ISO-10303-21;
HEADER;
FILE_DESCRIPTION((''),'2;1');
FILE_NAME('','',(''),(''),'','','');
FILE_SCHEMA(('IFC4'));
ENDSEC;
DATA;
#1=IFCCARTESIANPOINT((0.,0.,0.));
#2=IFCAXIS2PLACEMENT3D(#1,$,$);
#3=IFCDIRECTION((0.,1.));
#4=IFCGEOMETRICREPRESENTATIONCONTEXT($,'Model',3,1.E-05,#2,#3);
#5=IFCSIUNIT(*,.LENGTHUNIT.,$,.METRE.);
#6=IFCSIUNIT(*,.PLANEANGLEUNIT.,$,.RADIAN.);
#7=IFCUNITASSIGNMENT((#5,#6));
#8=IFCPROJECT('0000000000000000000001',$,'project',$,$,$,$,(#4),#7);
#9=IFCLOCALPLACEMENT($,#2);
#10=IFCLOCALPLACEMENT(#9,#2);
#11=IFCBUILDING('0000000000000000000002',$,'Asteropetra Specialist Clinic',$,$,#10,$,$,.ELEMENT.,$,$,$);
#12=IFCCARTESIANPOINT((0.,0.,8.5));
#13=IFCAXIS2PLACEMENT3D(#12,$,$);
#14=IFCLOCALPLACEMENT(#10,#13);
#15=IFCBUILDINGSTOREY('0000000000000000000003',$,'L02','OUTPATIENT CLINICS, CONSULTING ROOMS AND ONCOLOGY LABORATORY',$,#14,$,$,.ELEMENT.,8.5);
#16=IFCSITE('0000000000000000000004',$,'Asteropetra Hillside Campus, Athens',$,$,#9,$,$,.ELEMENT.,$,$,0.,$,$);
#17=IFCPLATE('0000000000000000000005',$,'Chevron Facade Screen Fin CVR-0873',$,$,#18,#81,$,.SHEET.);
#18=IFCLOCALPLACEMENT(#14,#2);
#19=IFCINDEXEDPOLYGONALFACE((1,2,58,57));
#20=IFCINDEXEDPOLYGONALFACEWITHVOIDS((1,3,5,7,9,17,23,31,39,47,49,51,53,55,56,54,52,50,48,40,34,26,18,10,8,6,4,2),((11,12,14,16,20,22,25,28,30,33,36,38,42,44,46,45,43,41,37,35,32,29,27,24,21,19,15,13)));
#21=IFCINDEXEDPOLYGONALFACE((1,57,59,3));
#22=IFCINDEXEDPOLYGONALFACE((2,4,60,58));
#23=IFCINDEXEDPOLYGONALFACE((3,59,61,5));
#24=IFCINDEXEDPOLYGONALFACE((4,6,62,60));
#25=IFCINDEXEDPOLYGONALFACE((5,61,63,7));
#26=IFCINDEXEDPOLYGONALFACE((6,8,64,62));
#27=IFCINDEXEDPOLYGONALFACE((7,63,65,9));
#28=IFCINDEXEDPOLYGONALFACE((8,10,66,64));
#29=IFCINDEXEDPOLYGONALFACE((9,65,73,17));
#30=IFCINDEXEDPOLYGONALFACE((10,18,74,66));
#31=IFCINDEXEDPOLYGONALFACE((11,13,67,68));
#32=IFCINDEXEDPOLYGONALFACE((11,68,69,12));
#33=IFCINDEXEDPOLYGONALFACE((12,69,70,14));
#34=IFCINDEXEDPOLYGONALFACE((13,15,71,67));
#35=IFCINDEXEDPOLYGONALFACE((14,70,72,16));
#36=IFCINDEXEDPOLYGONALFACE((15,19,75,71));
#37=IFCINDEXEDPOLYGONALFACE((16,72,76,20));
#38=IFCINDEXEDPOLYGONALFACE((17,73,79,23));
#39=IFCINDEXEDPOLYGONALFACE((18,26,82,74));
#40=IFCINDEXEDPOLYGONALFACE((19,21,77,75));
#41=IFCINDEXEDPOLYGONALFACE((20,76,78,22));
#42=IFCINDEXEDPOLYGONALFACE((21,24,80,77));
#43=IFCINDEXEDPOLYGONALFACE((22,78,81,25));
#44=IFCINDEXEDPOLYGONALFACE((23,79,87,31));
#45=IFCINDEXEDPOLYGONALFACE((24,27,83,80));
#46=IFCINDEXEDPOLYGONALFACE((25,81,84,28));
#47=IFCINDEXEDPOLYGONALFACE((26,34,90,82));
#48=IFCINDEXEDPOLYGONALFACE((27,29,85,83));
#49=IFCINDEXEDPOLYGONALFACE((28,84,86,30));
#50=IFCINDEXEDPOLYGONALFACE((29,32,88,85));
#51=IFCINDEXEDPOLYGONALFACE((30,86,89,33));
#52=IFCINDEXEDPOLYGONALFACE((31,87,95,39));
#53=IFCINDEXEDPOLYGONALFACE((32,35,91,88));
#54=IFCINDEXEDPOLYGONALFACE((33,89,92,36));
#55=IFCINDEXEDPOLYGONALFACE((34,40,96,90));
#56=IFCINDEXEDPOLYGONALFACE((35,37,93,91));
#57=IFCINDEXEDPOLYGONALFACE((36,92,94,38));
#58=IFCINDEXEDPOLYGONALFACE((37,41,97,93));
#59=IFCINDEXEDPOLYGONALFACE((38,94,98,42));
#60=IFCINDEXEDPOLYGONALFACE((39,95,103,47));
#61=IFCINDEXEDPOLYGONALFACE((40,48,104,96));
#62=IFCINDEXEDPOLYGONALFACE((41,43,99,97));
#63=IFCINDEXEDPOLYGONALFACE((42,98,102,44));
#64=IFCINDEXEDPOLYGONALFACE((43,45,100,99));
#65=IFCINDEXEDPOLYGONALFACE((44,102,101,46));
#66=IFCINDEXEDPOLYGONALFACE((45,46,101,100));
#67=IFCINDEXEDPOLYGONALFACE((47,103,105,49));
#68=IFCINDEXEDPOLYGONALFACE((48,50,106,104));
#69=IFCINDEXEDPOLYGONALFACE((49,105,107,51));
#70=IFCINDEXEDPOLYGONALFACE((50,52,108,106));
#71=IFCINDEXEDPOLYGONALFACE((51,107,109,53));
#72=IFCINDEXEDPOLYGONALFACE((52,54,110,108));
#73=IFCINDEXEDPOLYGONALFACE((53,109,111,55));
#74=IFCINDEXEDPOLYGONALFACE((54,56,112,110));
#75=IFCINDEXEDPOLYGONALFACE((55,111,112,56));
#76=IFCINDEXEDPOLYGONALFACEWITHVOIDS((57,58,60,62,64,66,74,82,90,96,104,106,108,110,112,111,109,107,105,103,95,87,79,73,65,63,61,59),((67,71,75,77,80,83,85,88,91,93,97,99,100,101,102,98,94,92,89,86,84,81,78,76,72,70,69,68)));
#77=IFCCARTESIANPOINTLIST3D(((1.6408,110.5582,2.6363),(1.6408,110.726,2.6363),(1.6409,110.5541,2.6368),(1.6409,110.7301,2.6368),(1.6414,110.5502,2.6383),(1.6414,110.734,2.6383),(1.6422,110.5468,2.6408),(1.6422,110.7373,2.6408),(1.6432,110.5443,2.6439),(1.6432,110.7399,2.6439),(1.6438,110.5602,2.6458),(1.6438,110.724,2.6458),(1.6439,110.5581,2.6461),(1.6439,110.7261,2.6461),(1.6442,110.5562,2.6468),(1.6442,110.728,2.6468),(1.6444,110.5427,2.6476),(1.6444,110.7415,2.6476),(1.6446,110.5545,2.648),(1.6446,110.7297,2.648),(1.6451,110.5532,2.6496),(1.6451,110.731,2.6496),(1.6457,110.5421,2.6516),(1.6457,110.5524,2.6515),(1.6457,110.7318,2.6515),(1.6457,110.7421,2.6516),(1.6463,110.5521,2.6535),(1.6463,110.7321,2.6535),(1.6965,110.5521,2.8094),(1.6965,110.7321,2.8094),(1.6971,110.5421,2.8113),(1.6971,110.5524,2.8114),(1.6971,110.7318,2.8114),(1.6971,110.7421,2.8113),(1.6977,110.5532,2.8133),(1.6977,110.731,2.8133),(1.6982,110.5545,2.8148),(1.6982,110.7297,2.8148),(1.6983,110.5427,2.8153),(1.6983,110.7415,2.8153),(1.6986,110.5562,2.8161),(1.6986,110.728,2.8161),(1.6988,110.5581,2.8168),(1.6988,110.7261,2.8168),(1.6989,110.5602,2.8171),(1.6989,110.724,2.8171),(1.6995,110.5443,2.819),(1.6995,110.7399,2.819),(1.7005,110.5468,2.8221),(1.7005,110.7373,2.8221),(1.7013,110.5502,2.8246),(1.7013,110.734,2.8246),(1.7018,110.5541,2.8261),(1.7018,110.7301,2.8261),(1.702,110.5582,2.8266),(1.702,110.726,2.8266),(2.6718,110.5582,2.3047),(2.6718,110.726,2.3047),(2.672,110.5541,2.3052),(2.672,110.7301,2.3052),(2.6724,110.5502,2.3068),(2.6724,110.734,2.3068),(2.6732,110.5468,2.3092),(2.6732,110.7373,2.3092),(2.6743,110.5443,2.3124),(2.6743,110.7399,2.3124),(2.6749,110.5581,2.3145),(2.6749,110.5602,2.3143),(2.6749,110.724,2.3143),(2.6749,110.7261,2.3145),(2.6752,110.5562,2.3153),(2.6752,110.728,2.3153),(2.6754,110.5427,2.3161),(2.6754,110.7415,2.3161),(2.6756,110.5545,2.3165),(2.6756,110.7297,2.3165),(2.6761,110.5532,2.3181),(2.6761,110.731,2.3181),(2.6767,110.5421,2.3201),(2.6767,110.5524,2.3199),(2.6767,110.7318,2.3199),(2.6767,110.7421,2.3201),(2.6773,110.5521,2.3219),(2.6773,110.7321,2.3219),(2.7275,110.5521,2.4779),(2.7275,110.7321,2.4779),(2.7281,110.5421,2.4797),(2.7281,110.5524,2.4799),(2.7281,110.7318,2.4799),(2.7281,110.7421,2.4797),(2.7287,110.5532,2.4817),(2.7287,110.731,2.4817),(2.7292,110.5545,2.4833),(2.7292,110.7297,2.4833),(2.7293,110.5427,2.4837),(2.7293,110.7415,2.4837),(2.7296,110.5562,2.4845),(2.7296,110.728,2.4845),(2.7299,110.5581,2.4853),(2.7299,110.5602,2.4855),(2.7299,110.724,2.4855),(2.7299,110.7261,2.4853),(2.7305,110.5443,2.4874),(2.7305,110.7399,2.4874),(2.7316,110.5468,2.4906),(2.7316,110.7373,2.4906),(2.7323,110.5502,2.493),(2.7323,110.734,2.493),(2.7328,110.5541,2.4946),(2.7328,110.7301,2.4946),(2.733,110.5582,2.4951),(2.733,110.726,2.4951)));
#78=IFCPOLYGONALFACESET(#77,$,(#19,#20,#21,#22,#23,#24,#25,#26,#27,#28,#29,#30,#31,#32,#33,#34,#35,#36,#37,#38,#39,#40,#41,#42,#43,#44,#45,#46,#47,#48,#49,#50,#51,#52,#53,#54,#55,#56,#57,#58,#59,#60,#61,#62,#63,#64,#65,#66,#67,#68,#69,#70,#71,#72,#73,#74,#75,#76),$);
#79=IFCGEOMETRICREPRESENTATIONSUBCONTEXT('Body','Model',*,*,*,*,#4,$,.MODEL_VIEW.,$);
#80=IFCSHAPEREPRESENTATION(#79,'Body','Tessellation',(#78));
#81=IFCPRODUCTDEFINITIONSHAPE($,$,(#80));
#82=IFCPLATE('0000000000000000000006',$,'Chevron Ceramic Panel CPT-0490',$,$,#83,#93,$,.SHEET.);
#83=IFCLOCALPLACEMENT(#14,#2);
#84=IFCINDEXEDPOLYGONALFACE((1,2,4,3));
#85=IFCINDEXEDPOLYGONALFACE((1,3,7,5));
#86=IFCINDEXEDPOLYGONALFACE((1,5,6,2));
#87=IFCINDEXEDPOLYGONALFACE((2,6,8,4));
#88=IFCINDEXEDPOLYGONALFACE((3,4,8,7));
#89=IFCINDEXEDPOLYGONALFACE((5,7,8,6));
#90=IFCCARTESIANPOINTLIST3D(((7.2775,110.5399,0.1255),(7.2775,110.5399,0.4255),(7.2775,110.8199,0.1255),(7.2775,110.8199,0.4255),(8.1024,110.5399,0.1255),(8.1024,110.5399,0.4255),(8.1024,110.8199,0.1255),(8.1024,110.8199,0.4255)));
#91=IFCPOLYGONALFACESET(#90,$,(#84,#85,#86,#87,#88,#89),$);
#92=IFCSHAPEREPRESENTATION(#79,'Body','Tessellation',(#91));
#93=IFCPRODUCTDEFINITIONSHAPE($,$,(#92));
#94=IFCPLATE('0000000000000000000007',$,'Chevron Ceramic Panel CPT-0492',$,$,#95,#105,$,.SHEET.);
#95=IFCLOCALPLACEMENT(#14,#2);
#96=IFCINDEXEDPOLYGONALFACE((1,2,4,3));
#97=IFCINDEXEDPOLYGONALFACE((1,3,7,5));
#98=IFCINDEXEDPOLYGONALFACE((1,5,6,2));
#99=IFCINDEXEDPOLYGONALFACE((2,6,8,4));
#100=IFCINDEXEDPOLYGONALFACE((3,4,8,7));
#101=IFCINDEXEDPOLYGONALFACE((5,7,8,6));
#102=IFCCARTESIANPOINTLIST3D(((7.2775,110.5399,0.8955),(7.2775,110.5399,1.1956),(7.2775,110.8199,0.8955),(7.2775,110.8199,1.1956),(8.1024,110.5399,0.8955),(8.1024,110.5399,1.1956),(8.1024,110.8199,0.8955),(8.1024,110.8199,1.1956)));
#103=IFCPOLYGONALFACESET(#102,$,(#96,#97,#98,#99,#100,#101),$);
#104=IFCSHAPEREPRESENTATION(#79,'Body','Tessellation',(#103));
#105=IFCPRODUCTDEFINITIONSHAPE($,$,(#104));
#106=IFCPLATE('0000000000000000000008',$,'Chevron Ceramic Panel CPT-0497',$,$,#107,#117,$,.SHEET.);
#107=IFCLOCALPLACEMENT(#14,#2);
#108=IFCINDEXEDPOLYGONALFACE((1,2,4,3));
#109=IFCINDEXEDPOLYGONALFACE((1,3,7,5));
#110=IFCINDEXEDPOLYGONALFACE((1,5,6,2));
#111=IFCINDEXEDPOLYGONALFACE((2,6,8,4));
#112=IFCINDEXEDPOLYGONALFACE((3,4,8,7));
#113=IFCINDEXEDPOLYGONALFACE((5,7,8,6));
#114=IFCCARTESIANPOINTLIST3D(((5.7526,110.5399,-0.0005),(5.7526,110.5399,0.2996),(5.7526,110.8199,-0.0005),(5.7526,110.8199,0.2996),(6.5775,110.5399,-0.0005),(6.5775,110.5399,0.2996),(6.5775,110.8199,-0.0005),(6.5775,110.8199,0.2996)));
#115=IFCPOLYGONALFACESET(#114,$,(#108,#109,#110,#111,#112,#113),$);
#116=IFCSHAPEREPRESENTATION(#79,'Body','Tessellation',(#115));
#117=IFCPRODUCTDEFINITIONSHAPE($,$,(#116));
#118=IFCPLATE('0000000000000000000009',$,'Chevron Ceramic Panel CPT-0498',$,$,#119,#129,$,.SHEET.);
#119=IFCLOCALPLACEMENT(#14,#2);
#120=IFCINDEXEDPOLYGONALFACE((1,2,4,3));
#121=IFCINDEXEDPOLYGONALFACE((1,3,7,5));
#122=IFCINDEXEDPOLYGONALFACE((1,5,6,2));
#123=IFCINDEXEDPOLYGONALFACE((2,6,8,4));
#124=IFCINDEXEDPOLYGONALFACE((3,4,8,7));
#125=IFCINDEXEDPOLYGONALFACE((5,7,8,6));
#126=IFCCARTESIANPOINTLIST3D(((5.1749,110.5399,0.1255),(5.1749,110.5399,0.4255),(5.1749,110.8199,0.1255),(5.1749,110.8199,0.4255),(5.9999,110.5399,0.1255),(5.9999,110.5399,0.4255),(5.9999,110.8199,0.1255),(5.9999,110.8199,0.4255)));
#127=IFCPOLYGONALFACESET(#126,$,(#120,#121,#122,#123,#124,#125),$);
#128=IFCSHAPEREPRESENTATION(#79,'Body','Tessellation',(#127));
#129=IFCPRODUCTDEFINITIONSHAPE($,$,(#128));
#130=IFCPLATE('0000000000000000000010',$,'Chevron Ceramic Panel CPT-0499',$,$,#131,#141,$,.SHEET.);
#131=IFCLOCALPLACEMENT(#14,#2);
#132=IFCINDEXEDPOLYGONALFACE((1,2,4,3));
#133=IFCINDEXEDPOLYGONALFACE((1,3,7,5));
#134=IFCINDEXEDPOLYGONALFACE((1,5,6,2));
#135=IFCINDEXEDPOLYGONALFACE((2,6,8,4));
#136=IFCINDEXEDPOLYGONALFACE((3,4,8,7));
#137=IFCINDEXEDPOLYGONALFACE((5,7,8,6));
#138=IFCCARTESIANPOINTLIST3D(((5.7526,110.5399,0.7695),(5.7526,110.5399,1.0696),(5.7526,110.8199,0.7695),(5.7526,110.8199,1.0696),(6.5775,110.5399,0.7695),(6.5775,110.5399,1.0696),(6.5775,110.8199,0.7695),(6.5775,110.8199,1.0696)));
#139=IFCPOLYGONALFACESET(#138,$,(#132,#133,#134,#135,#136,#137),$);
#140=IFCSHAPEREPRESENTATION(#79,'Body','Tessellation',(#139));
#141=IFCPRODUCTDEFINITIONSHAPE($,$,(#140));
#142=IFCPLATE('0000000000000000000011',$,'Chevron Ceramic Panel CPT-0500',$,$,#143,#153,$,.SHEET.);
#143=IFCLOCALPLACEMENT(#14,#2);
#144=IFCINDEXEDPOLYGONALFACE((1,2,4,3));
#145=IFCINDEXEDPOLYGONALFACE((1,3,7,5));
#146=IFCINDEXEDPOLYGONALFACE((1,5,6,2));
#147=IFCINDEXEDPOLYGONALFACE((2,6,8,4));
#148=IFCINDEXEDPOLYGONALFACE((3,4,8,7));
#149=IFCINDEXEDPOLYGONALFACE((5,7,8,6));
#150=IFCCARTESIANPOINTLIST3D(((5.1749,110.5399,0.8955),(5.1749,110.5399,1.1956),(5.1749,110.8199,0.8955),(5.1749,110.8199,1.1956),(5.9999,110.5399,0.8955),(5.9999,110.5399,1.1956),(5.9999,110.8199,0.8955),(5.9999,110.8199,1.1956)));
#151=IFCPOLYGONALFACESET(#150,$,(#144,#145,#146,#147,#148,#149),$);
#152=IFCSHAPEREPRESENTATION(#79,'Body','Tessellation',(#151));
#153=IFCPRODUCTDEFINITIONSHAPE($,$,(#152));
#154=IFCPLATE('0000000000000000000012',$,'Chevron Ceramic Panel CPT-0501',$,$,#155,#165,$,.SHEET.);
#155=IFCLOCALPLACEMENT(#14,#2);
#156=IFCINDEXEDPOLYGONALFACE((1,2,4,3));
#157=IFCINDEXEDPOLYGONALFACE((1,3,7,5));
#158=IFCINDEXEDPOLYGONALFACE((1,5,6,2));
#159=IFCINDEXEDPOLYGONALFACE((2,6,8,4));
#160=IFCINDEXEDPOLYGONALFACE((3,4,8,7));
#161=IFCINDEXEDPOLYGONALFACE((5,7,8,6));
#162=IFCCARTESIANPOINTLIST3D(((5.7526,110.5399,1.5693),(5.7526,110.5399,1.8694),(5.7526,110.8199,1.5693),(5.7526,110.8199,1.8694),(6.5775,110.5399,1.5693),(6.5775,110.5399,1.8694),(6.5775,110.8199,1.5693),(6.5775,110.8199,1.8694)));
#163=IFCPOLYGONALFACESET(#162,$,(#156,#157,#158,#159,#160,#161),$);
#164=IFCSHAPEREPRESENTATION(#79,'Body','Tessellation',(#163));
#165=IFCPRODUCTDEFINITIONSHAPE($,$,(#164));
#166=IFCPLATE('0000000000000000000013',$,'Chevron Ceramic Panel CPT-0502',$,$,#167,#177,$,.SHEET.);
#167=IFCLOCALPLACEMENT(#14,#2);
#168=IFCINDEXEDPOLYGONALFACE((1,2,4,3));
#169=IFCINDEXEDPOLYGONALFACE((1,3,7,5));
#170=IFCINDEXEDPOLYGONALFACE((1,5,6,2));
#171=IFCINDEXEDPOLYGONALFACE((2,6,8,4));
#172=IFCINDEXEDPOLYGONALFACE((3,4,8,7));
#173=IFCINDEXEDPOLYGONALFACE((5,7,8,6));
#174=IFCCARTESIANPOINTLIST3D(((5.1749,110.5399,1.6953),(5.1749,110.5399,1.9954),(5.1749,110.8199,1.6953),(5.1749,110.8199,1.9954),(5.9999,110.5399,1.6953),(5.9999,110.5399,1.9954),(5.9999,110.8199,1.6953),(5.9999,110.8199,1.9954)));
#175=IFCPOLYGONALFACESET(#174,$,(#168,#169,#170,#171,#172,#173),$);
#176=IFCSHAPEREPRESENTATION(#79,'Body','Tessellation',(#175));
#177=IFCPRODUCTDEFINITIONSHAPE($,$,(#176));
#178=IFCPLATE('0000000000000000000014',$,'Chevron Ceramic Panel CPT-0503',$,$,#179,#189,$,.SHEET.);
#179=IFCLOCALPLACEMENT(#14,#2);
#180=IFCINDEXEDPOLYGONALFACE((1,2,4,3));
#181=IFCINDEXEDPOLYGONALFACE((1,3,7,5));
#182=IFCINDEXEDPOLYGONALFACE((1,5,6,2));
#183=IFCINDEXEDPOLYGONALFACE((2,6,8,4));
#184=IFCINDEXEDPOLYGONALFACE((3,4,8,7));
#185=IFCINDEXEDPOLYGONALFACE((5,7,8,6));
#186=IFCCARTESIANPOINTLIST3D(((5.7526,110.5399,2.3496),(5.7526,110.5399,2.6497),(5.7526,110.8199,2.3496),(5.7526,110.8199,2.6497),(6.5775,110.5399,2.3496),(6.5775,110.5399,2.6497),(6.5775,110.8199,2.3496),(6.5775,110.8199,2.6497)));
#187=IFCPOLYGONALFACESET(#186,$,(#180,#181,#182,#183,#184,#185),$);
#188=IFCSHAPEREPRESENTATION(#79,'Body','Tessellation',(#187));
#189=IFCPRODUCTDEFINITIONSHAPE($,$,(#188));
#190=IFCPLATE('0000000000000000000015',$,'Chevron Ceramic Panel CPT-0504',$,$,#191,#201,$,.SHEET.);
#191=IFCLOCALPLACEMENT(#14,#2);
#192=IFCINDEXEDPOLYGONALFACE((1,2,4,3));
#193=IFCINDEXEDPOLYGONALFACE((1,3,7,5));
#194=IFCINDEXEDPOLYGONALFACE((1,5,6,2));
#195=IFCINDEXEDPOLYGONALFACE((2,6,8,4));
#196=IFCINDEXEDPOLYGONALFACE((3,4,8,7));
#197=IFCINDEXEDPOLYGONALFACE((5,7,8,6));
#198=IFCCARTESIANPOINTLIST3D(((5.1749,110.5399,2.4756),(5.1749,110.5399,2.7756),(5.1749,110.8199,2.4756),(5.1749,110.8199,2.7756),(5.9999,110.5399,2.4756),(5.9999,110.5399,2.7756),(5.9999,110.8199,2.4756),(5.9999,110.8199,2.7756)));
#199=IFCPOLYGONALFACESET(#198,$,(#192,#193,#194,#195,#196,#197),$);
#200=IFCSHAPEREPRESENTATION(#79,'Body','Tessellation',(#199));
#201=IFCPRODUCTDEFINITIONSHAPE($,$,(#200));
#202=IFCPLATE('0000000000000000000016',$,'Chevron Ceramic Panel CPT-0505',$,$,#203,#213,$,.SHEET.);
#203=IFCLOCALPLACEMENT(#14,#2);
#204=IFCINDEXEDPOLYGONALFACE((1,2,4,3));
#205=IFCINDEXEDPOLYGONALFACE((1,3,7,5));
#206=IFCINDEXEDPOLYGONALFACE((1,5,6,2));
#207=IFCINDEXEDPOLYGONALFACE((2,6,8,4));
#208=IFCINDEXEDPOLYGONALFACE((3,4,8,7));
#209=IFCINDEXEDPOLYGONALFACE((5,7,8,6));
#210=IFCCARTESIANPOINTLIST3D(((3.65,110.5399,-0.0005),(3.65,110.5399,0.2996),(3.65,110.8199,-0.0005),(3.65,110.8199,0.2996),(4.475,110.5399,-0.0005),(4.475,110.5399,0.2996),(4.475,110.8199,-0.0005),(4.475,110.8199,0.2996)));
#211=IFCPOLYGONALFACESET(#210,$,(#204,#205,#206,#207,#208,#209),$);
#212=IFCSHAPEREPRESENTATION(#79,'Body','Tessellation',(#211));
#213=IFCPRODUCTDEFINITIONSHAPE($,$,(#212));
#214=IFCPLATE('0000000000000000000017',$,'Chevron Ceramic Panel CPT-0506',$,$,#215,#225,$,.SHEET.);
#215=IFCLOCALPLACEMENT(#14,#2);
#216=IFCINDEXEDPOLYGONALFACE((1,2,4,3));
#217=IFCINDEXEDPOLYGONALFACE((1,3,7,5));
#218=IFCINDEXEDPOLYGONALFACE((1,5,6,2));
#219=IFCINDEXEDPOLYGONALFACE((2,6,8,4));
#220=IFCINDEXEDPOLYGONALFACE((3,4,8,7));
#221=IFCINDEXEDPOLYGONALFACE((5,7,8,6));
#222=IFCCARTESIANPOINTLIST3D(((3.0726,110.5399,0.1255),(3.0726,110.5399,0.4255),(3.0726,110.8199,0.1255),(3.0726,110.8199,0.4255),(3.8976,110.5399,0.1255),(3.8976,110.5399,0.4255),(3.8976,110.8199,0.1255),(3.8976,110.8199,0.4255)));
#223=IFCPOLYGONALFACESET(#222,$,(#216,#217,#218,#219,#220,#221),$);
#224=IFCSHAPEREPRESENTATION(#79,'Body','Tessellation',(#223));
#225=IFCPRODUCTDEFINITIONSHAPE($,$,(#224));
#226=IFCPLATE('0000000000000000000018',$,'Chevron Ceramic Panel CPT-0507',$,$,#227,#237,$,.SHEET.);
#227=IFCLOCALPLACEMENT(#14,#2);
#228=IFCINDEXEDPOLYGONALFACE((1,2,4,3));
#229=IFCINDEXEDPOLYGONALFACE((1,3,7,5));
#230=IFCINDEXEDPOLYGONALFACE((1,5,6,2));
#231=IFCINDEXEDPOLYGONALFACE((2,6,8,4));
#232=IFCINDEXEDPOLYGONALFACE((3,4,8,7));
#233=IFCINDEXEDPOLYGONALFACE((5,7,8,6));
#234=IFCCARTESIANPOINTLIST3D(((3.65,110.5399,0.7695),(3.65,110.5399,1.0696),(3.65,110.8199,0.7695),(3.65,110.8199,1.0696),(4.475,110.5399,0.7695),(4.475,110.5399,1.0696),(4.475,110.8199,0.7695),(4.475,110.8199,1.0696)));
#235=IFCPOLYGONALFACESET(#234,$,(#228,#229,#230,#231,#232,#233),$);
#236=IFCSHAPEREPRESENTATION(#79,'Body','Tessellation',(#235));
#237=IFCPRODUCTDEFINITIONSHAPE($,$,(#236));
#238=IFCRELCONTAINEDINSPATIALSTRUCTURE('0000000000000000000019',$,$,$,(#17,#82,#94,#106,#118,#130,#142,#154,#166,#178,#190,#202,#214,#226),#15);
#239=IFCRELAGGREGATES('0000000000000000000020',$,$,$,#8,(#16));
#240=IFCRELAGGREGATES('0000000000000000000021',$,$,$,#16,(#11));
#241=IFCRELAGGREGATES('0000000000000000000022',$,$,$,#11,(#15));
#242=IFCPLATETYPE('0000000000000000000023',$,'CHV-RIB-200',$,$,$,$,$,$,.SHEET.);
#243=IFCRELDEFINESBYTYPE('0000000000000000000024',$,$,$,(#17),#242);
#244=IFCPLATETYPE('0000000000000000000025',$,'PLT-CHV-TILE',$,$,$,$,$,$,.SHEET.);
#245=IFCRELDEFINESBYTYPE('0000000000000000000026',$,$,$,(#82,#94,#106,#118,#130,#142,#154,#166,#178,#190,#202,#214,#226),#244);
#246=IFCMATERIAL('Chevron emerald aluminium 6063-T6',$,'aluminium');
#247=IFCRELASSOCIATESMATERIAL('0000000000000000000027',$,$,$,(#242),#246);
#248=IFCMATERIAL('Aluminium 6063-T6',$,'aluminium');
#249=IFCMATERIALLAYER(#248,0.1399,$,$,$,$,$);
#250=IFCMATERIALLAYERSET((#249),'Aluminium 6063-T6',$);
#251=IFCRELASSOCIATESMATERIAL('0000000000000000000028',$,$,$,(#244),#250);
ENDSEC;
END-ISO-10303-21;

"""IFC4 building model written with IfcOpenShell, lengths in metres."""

from ifc_helpers import new_model, si_unit, direction, frame, origin, origin_2d, place, context, subcontext, project, spatial, rectangle, hollow_rectangle, extrude, material, layer, layer_set, material_profile, profile_set, type_object, element, save


model = new_model("IFC4")

# Units and contexts
model_context = context("Model", 3, precision=1e-05, world=origin(), true_north=direction((0.0, 1.0)))
body_context = subcontext(model_context, "Body", "Model", "MODEL_VIEW")
ifc_project = project(units=[si_unit("LENGTHUNIT", "METRE"), si_unit("PLANEANGLEUNIT", "RADIAN")], contexts=[model_context])

# Site, building, storey
site_placement = place(None, origin())
site = spatial("IfcSite", under=ifc_project, at=site_placement, Name="Asteropetra Hillside Campus, Athens", CompositionType="ELEMENT", RefElevation=0.0)
building_placement = place(site_placement, origin())
building = spatial("IfcBuilding", under=site, at=building_placement, Name="Asteropetra Specialist Clinic", CompositionType="ELEMENT")
storey_placement = place(building_placement, frame((0.0, 0.0, 8.5)))
storey = spatial("IfcBuildingStorey", under=building, at=storey_placement, Name="L02", Description="OUTPATIENT CLINICS, CONSULTING ROOMS AND ONCOLOGY LABORATORY", CompositionType="ELEMENT", Elevation=8.5)

# Plates
ifc_material_1 = material(Name="Chevron emerald aluminium 6063-T6", Category="aluminium")
ifc_material_profile_1 = material_profile(ifc_material_1, hollow_rectangle(XDim=0.2, YDim=0.2, WallThickness=0.01, InnerFilletRadius=0.0081, OuterFilletRadius=0.0161, at=origin_2d()), Name="SHS 200x200x10.0")
ifc_profile_set_1 = profile_set([ifc_material_profile_1], Name="Chevron emerald aluminium 6063-T6")
plate_type_1 = type_object("IfcPlateType", Name="CHV-RIB-200", PredefinedType="SHEET", material=ifc_profile_set_1)
plate_placement = place(storey_placement, frame((2.7024, 110.6421, 2.3999), z_axis=(-0.951989, 0.0, 0.306133), x_axis=(0.0, -1.0, 0.0)))
element("IfcPlate", 1, at=plate_placement, inside=storey, type_object=plate_type_1, Name="Chevron Facade Screen Fin CVR-0873", PredefinedType="SHEET", context=body_context, shape_type="SweptSolid", body=[
    extrude(hollow_rectangle(XDim=0.2, YDim=0.2, WallThickness=0.01, InnerFilletRadius=0.0081, OuterFilletRadius=0.0161, at=origin_2d()), origin(), (0.0, 0.0, 1.0), 1.083),
])
ifc_material_2 = material(Name="Aluminium 6063-T6", Category="aluminium")
ifc_layer_1 = layer(ifc_material_2, 0.1399)
ifc_layer_set_1 = layer_set([ifc_layer_1], Name="Aluminium 6063-T6")
plate_type_2 = type_object("IfcPlateType", Name="PLT-CHV-TILE", PredefinedType="SHEET", material=ifc_layer_set_1)
for number, where, z_axis, x_axis, name in (
    (2, (7.6899, 110.6799, 0.1255), (0.0, 0.0, 1.0), (1.0, 0.0, 0.0), "Chevron Ceramic Panel CPT-0490"),
    (3, (7.6899, 110.6799, 0.8955), (0.0, 0.0, 1.0), (1.0, 0.0, 0.0), "Chevron Ceramic Panel CPT-0492"),
    (4, (6.165, 110.6799, -0.0005), (0.0, 0.0, 1.0), (1.0, 0.0, 0.0), "Chevron Ceramic Panel CPT-0497"),
    (5, (5.5874, 110.6799, 0.1255), (0.0, 0.0, 1.0), (1.0, 0.0, 0.0), "Chevron Ceramic Panel CPT-0498"),
    (6, (6.165, 110.6799, 0.7695), (0.0, 0.0, 1.0), (1.0, 0.0, 0.0), "Chevron Ceramic Panel CPT-0499"),
    (7, (5.5874, 110.6799, 0.8955), (0.0, 0.0, 1.0), (1.0, 0.0, 0.0), "Chevron Ceramic Panel CPT-0500"),
    (8, (6.165, 110.6799, 1.5693), (0.0, 0.0, 1.0), (1.0, 0.0, 0.0), "Chevron Ceramic Panel CPT-0501"),
    (9, (5.5874, 110.6799, 1.6953), (0.0, 0.0, 1.0), (1.0, 0.0, 0.0), "Chevron Ceramic Panel CPT-0502"),
    (10, (6.165, 110.6799, 2.3496), (0.0, 0.0, 1.0), (1.0, 0.0, 0.0), "Chevron Ceramic Panel CPT-0503"),
    (11, (5.5874, 110.6799, 2.4756), (0.0, 0.0, 1.0), (1.0, 0.0, 0.0), "Chevron Ceramic Panel CPT-0504"),
    (12, (4.0625, 110.6799, -0.0005), (0.0, 0.0, 1.0), (1.0, 0.0, 0.0), "Chevron Ceramic Panel CPT-0505"),
    (13, (3.4851, 110.6799, 0.1255), (0.0, 0.0, 1.0), (1.0, 0.0, 0.0), "Chevron Ceramic Panel CPT-0506"),
    (14, (4.0625, 110.6799, 0.7695), (0.0, 0.0, 1.0), (1.0, 0.0, 0.0), "Chevron Ceramic Panel CPT-0507"),
):
    element("IfcPlate", number, at=place(storey_placement, frame(where, z_axis=z_axis, x_axis=x_axis)), inside=storey, type_object=plate_type_2, Name=name, PredefinedType="SHEET", context=body_context, shape_type="SweptSolid", body=[
        extrude(rectangle(XDim=0.825, YDim=0.28, at=origin_2d()), origin(), (0.0, 0.0, 1.0), 0.3),
    ])

save(model, "model.ifc")
